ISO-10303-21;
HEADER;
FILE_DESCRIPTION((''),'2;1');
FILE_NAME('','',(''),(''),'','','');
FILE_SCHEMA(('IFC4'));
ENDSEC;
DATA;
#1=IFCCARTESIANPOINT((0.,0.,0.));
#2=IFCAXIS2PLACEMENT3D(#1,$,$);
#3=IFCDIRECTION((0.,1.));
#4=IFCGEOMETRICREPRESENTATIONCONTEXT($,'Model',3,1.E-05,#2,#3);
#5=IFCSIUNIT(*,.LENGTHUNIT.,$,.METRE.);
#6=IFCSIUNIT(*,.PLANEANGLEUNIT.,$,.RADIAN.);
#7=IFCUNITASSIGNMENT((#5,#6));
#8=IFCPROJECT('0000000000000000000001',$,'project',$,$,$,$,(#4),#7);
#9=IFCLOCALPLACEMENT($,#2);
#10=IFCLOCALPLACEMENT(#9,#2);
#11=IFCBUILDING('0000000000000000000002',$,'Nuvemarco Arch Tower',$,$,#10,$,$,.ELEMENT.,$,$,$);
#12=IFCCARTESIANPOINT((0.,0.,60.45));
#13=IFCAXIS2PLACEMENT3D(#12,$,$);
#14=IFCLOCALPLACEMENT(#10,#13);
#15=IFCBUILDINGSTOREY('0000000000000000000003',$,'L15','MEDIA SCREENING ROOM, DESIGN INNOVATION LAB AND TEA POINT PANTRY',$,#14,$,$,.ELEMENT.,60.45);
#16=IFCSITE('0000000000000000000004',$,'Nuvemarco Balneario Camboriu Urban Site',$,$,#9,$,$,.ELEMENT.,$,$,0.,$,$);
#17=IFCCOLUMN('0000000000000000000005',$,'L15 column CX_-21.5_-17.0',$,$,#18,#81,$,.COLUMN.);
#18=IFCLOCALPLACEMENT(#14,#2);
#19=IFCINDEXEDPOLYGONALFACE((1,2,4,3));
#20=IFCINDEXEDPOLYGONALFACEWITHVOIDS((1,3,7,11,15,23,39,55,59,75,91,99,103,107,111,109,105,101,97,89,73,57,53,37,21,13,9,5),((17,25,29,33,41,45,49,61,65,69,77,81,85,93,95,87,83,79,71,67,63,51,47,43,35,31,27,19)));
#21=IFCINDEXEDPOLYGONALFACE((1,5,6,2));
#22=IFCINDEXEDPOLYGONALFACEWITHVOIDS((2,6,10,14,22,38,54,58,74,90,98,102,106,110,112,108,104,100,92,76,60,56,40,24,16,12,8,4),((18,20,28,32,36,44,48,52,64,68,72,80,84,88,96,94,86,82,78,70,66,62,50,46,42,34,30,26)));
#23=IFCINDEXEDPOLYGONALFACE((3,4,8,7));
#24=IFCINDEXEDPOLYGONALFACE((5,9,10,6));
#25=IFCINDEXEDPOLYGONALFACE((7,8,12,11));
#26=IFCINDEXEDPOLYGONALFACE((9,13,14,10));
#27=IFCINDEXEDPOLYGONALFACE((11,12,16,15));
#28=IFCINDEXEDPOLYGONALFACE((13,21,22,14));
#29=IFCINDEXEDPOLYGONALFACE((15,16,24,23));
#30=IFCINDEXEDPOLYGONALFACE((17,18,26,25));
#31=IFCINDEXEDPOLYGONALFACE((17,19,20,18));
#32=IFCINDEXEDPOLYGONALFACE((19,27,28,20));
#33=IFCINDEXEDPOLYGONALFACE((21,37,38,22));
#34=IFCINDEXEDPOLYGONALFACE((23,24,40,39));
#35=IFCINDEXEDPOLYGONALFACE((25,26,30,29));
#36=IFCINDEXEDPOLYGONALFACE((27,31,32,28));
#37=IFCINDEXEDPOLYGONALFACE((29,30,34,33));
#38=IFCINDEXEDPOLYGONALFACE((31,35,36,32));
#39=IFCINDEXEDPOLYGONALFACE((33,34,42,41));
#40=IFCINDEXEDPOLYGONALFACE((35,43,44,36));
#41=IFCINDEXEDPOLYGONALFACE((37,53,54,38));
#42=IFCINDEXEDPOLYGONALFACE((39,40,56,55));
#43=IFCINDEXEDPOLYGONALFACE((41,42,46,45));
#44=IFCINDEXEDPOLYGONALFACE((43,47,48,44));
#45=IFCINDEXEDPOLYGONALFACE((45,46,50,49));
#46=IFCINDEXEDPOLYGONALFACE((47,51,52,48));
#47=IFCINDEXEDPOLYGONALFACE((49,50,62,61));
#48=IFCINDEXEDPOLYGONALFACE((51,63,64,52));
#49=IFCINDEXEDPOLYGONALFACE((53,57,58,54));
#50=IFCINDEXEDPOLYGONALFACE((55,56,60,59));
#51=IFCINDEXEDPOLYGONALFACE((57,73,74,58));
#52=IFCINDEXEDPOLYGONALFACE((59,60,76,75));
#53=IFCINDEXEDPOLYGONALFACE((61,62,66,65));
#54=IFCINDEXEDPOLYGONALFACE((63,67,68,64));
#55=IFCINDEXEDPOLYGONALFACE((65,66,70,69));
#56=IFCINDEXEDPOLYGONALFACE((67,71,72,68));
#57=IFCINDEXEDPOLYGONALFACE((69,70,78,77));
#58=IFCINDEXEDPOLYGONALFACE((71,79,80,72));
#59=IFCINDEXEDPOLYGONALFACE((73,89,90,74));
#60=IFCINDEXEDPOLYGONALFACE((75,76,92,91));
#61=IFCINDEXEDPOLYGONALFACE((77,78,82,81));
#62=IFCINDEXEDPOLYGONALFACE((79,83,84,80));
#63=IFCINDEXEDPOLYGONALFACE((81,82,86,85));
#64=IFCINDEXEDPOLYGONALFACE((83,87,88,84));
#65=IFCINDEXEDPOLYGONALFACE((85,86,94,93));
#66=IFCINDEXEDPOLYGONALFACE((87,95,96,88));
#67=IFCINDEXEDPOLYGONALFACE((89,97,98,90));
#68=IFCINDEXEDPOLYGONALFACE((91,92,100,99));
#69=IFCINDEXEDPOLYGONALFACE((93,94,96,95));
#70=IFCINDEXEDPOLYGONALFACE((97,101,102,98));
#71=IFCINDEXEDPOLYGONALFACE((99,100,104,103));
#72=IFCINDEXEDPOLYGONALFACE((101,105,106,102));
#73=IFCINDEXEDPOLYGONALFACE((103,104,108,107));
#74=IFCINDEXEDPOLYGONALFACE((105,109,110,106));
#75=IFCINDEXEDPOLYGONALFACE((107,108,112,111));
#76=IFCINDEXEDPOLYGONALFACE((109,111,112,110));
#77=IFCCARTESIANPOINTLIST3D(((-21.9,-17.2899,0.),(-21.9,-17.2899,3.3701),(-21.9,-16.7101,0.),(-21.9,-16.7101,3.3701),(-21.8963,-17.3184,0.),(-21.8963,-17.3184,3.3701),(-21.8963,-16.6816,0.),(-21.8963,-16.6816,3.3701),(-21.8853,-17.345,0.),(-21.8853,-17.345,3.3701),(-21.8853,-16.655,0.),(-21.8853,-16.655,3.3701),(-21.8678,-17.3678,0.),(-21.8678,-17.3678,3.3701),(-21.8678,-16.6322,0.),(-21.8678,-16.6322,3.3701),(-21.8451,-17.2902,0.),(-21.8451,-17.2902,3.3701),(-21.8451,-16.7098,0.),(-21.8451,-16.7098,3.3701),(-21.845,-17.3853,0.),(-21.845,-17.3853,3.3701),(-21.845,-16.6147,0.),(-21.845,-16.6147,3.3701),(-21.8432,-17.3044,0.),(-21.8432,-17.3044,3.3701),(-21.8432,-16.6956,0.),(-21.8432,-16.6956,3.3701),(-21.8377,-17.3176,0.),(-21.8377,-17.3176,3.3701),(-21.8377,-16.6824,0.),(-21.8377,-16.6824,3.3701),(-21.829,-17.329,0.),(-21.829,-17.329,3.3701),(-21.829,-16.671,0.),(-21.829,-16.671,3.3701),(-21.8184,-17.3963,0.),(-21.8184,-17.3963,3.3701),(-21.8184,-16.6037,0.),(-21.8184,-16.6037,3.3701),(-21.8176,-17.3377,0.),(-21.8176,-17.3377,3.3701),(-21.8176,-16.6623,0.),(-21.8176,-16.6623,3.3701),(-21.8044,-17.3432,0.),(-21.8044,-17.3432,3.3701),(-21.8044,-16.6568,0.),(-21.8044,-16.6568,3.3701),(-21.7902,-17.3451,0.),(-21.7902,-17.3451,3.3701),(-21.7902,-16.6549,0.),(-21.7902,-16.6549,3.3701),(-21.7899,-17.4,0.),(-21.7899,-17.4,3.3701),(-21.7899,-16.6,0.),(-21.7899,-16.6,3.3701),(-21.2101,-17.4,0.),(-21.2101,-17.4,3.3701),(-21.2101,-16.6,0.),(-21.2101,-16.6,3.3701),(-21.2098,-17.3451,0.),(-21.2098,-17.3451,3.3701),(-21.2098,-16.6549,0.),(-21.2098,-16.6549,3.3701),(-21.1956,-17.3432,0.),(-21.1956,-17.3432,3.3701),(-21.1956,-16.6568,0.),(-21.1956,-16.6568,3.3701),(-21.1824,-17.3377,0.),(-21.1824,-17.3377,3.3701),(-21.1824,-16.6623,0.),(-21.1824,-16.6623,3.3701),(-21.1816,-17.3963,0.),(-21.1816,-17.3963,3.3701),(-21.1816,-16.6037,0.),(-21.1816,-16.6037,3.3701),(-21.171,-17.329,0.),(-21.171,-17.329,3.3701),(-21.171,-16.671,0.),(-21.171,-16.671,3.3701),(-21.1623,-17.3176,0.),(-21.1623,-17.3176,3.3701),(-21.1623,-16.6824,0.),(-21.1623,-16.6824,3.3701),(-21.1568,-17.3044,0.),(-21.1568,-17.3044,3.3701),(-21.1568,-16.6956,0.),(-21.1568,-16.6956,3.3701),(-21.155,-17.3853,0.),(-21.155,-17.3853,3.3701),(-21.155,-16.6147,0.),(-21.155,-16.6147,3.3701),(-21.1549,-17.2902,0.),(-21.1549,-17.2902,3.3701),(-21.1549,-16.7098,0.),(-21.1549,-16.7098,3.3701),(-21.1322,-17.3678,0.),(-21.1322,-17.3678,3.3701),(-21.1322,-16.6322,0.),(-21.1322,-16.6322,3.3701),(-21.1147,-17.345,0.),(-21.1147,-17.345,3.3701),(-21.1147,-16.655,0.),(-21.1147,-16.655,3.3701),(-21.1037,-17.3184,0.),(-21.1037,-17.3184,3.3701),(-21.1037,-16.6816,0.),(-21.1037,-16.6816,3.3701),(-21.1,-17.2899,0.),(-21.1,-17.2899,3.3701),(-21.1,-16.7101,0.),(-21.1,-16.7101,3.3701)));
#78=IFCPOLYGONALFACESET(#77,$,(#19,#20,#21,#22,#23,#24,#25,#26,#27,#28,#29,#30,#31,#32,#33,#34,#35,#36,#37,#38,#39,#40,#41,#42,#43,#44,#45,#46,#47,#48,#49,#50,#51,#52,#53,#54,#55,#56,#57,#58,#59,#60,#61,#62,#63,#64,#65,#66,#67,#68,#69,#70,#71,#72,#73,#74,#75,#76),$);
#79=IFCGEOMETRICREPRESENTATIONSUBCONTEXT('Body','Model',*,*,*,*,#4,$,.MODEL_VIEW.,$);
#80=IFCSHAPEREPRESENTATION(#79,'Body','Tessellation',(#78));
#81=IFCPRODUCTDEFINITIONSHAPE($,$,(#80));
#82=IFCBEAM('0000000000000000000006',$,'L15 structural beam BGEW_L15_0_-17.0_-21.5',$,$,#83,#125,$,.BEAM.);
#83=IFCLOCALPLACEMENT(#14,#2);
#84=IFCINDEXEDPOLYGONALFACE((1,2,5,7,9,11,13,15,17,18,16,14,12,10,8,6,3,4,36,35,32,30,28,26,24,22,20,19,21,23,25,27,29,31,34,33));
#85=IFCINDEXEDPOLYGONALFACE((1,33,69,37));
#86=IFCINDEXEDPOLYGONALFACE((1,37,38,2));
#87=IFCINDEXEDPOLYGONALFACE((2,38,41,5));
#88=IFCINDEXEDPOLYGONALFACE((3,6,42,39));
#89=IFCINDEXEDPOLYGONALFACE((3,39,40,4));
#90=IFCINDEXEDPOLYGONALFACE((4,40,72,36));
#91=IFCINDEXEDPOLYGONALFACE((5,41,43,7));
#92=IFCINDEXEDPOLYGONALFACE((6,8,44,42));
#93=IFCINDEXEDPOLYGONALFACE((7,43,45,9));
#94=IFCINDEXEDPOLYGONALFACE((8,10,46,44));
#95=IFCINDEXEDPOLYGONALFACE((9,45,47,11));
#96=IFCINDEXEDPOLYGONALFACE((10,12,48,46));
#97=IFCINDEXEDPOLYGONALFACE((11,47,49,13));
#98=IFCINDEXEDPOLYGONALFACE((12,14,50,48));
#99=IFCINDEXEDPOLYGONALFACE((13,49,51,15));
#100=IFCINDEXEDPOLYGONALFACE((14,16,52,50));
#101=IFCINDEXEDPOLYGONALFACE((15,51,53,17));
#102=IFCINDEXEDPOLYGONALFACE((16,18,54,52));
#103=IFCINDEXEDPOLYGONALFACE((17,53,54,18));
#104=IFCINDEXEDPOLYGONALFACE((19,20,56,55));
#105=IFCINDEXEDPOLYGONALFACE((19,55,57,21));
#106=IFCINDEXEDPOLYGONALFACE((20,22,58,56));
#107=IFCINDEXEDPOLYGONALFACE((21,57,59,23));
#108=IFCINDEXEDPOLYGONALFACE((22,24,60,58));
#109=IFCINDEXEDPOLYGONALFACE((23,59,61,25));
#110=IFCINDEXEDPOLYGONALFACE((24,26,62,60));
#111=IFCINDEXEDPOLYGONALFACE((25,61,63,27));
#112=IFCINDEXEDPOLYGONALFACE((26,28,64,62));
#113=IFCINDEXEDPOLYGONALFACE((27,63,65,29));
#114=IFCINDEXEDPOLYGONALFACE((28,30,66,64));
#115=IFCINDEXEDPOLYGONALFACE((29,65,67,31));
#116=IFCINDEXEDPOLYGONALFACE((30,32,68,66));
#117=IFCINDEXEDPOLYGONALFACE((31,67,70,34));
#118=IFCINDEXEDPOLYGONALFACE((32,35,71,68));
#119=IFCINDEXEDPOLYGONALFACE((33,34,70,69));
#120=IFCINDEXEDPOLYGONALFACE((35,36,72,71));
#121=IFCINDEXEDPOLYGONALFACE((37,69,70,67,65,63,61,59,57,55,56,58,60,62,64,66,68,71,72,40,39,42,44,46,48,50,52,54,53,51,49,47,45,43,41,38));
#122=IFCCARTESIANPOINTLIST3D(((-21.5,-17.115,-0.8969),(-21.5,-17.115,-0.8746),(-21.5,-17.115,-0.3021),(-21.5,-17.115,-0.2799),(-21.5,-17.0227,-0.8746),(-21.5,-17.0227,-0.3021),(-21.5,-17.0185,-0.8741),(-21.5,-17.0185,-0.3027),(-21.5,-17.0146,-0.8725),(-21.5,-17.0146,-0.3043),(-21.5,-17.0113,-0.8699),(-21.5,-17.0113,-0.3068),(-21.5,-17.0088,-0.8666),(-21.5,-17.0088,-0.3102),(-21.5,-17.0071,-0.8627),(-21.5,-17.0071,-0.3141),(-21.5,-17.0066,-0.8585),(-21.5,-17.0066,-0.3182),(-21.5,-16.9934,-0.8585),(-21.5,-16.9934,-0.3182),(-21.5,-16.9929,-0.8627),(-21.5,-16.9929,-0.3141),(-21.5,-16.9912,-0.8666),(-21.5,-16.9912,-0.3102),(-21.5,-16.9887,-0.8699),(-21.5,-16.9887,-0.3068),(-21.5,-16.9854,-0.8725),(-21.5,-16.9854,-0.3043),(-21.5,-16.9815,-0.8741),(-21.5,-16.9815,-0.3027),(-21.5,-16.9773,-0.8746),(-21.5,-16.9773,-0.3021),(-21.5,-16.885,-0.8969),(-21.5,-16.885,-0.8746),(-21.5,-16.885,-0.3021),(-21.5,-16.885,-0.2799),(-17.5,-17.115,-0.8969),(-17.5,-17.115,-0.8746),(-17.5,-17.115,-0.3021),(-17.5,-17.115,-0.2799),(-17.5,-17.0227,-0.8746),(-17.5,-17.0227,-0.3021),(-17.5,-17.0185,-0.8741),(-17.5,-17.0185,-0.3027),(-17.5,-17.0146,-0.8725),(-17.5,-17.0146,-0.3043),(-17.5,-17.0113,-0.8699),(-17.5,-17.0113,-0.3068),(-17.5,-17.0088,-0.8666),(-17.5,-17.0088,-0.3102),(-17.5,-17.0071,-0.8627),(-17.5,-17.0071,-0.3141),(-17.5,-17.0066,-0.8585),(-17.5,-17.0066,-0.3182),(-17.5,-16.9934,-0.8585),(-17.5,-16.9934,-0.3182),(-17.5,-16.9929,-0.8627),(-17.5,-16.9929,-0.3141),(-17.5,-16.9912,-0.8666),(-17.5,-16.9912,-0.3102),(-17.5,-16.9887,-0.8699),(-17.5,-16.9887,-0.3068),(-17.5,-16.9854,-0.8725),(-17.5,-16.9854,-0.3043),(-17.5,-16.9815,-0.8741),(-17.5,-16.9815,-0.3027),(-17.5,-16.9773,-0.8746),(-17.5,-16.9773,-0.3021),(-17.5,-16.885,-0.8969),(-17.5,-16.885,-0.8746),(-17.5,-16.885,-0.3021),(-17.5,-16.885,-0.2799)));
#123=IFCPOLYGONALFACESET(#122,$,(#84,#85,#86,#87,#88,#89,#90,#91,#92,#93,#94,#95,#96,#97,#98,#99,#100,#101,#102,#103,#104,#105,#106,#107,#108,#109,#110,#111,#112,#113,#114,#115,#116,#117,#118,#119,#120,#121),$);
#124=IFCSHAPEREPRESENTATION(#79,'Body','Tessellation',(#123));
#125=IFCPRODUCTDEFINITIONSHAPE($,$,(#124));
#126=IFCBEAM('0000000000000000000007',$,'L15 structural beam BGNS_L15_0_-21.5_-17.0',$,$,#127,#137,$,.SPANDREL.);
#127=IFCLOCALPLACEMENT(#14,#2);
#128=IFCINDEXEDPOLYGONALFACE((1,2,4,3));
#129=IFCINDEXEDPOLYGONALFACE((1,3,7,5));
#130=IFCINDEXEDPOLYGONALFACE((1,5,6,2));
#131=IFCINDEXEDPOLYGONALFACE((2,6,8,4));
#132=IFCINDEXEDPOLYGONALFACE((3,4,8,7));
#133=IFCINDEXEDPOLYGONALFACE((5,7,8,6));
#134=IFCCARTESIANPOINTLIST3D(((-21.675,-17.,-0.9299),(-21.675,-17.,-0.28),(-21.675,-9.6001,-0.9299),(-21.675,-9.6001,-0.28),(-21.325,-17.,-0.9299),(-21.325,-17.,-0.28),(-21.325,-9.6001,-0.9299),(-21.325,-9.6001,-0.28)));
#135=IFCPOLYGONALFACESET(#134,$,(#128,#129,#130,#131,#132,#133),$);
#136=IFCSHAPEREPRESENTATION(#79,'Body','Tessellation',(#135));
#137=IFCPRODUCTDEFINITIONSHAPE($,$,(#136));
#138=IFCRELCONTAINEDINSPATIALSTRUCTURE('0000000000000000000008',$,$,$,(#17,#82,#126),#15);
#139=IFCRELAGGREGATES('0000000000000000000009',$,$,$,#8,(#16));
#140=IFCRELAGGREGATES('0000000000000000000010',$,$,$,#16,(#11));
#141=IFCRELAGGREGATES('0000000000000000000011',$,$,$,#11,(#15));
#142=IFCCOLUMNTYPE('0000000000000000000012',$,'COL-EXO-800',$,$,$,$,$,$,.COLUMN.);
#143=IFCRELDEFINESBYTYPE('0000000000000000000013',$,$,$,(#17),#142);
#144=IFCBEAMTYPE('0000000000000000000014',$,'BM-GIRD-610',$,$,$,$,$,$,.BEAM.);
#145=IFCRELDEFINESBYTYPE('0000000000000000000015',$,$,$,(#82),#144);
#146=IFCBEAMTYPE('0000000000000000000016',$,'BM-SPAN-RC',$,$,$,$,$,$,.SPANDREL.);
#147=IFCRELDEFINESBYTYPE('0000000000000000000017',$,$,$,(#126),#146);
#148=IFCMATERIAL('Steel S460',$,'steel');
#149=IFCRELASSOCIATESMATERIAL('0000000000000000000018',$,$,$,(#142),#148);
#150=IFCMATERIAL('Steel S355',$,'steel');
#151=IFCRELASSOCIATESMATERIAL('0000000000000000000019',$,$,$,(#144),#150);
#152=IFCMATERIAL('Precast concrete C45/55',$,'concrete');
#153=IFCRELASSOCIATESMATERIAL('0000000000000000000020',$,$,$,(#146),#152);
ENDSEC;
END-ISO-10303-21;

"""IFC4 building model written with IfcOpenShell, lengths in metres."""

from ifc_helpers import new_model, si_unit, direction, frame, origin, origin_2d, place, context, subcontext, project, spatial, rectangle, hollow_rectangle, i_section, extrude, material, material_profile, profile_set, type_object, element, save


model = new_model("IFC4")

# Units and contexts
model_context = context("Model", 3, precision=1e-05, world=origin(), true_north=direction((0.0, 1.0)))
body_context = subcontext(model_context, "Body", "Model", "MODEL_VIEW")
ifc_project = project(units=[si_unit("LENGTHUNIT", "METRE"), si_unit("PLANEANGLEUNIT", "RADIAN")], contexts=[model_context])

# Site, building, storey
site_placement = place(None, origin())
site = spatial("IfcSite", under=ifc_project, at=site_placement, Name="Nuvemarco Balneario Camboriu Urban Site", CompositionType="ELEMENT", RefElevation=0.0)
building_placement = place(site_placement, origin())
building = spatial("IfcBuilding", under=site, at=building_placement, Name="Nuvemarco Arch Tower", CompositionType="ELEMENT")
storey_placement = place(building_placement, frame((0.0, 0.0, 60.45)))
storey = spatial("IfcBuildingStorey", under=building, at=storey_placement, Name="L15", Description="MEDIA SCREENING ROOM, DESIGN INNOVATION LAB AND TEA POINT PANTRY", CompositionType="ELEMENT", Elevation=60.45)

# Column
ifc_material_1 = material(Name="Steel S460", Category="steel")
ifc_material_profile_1 = material_profile(ifc_material_1, hollow_rectangle(XDim=0.8, YDim=0.8, WallThickness=0.0549, InnerFilletRadius=0.0549, OuterFilletRadius=0.1101, at=origin_2d()), Name="SHS800x800x55")
ifc_profile_set_1 = profile_set([ifc_material_profile_1], Name="Steel S460")
column_type = type_object("IfcColumnType", Name="COL-EXO-800", PredefinedType="COLUMN", material=ifc_profile_set_1)
column_placement = place(storey_placement, frame((-21.5, -17.0, 0.0), z_axis=(0.0, 0.0, 1.0), x_axis=(1.0, 0.0, 0.0)))
element("IfcColumn", 1, at=column_placement, inside=storey, type_object=column_type, Name="L15 column CX_-21.5_-17.0", PredefinedType="COLUMN", context=body_context, shape_type="SweptSolid", body=[
    extrude(hollow_rectangle(XDim=0.8, YDim=0.8, WallThickness=0.0549, InnerFilletRadius=0.0549, OuterFilletRadius=0.1101, at=origin_2d()), origin(), (0.0, 0.0, 1.0), 3.3701),
])

# Beams
ifc_material_2 = material(Name="Steel S355", Category="steel")
ifc_material_profile_2 = material_profile(ifc_material_2, i_section(OverallWidth=0.23, OverallDepth=0.6169, WebThickness=0.0132, FlangeThickness=0.0222, FilletRadius=0.0161, at=origin_2d()), Name="W610x140")
ifc_profile_set_2 = profile_set([ifc_material_profile_2], Name="Steel S355")
beam_type_1 = type_object("IfcBeamType", Name="BM-GIRD-610", PredefinedType="BEAM", material=ifc_profile_set_2)
beam_1_placement = place(storey_placement, frame((-21.5, -17.0, -0.5884), z_axis=(1.0, 0.0, 0.0), x_axis=(0.0, 1.0, 0.0)))
element("IfcBeam", 2, at=beam_1_placement, inside=storey, type_object=beam_type_1, Name="L15 structural beam BGEW_L15_0_-17.0_-21.5", PredefinedType="BEAM", context=body_context, shape_type="SweptSolid", body=[
    extrude(i_section(OverallWidth=0.23, OverallDepth=0.6169, WebThickness=0.0132, FlangeThickness=0.0222, FilletRadius=0.0161, at=origin_2d()), origin(), (0.0, 0.0, 1.0), 4.0),
])
ifc_material_3 = material(Name="Precast concrete C45/55", Category="concrete")
ifc_material_profile_3 = material_profile(ifc_material_3, rectangle(XDim=0.3501, YDim=0.6499, at=origin_2d()), Name="PC-SP-350x650")
ifc_profile_set_3 = profile_set([ifc_material_profile_3], Name="Precast concrete C45/55")
beam_type_2 = type_object("IfcBeamType", Name="BM-SPAN-RC", PredefinedType="SPANDREL", material=ifc_profile_set_3)
beam_2_placement = place(storey_placement, frame((-21.5, -17.0, -0.605), z_axis=(0.0, 1.0, 0.0), x_axis=(-1.0, 0.0, 0.0)))
element("IfcBeam", 3, at=beam_2_placement, inside=storey, type_object=beam_type_2, Name="L15 structural beam BGNS_L15_0_-21.5_-17.0", PredefinedType="SPANDREL", context=body_context, shape_type="SweptSolid", body=[
    extrude(rectangle(XDim=0.3501, YDim=0.6499, at=origin_2d()), origin(), (0.0, 0.0, 1.0), 7.3999),
])

save(model, "model.ifc")
